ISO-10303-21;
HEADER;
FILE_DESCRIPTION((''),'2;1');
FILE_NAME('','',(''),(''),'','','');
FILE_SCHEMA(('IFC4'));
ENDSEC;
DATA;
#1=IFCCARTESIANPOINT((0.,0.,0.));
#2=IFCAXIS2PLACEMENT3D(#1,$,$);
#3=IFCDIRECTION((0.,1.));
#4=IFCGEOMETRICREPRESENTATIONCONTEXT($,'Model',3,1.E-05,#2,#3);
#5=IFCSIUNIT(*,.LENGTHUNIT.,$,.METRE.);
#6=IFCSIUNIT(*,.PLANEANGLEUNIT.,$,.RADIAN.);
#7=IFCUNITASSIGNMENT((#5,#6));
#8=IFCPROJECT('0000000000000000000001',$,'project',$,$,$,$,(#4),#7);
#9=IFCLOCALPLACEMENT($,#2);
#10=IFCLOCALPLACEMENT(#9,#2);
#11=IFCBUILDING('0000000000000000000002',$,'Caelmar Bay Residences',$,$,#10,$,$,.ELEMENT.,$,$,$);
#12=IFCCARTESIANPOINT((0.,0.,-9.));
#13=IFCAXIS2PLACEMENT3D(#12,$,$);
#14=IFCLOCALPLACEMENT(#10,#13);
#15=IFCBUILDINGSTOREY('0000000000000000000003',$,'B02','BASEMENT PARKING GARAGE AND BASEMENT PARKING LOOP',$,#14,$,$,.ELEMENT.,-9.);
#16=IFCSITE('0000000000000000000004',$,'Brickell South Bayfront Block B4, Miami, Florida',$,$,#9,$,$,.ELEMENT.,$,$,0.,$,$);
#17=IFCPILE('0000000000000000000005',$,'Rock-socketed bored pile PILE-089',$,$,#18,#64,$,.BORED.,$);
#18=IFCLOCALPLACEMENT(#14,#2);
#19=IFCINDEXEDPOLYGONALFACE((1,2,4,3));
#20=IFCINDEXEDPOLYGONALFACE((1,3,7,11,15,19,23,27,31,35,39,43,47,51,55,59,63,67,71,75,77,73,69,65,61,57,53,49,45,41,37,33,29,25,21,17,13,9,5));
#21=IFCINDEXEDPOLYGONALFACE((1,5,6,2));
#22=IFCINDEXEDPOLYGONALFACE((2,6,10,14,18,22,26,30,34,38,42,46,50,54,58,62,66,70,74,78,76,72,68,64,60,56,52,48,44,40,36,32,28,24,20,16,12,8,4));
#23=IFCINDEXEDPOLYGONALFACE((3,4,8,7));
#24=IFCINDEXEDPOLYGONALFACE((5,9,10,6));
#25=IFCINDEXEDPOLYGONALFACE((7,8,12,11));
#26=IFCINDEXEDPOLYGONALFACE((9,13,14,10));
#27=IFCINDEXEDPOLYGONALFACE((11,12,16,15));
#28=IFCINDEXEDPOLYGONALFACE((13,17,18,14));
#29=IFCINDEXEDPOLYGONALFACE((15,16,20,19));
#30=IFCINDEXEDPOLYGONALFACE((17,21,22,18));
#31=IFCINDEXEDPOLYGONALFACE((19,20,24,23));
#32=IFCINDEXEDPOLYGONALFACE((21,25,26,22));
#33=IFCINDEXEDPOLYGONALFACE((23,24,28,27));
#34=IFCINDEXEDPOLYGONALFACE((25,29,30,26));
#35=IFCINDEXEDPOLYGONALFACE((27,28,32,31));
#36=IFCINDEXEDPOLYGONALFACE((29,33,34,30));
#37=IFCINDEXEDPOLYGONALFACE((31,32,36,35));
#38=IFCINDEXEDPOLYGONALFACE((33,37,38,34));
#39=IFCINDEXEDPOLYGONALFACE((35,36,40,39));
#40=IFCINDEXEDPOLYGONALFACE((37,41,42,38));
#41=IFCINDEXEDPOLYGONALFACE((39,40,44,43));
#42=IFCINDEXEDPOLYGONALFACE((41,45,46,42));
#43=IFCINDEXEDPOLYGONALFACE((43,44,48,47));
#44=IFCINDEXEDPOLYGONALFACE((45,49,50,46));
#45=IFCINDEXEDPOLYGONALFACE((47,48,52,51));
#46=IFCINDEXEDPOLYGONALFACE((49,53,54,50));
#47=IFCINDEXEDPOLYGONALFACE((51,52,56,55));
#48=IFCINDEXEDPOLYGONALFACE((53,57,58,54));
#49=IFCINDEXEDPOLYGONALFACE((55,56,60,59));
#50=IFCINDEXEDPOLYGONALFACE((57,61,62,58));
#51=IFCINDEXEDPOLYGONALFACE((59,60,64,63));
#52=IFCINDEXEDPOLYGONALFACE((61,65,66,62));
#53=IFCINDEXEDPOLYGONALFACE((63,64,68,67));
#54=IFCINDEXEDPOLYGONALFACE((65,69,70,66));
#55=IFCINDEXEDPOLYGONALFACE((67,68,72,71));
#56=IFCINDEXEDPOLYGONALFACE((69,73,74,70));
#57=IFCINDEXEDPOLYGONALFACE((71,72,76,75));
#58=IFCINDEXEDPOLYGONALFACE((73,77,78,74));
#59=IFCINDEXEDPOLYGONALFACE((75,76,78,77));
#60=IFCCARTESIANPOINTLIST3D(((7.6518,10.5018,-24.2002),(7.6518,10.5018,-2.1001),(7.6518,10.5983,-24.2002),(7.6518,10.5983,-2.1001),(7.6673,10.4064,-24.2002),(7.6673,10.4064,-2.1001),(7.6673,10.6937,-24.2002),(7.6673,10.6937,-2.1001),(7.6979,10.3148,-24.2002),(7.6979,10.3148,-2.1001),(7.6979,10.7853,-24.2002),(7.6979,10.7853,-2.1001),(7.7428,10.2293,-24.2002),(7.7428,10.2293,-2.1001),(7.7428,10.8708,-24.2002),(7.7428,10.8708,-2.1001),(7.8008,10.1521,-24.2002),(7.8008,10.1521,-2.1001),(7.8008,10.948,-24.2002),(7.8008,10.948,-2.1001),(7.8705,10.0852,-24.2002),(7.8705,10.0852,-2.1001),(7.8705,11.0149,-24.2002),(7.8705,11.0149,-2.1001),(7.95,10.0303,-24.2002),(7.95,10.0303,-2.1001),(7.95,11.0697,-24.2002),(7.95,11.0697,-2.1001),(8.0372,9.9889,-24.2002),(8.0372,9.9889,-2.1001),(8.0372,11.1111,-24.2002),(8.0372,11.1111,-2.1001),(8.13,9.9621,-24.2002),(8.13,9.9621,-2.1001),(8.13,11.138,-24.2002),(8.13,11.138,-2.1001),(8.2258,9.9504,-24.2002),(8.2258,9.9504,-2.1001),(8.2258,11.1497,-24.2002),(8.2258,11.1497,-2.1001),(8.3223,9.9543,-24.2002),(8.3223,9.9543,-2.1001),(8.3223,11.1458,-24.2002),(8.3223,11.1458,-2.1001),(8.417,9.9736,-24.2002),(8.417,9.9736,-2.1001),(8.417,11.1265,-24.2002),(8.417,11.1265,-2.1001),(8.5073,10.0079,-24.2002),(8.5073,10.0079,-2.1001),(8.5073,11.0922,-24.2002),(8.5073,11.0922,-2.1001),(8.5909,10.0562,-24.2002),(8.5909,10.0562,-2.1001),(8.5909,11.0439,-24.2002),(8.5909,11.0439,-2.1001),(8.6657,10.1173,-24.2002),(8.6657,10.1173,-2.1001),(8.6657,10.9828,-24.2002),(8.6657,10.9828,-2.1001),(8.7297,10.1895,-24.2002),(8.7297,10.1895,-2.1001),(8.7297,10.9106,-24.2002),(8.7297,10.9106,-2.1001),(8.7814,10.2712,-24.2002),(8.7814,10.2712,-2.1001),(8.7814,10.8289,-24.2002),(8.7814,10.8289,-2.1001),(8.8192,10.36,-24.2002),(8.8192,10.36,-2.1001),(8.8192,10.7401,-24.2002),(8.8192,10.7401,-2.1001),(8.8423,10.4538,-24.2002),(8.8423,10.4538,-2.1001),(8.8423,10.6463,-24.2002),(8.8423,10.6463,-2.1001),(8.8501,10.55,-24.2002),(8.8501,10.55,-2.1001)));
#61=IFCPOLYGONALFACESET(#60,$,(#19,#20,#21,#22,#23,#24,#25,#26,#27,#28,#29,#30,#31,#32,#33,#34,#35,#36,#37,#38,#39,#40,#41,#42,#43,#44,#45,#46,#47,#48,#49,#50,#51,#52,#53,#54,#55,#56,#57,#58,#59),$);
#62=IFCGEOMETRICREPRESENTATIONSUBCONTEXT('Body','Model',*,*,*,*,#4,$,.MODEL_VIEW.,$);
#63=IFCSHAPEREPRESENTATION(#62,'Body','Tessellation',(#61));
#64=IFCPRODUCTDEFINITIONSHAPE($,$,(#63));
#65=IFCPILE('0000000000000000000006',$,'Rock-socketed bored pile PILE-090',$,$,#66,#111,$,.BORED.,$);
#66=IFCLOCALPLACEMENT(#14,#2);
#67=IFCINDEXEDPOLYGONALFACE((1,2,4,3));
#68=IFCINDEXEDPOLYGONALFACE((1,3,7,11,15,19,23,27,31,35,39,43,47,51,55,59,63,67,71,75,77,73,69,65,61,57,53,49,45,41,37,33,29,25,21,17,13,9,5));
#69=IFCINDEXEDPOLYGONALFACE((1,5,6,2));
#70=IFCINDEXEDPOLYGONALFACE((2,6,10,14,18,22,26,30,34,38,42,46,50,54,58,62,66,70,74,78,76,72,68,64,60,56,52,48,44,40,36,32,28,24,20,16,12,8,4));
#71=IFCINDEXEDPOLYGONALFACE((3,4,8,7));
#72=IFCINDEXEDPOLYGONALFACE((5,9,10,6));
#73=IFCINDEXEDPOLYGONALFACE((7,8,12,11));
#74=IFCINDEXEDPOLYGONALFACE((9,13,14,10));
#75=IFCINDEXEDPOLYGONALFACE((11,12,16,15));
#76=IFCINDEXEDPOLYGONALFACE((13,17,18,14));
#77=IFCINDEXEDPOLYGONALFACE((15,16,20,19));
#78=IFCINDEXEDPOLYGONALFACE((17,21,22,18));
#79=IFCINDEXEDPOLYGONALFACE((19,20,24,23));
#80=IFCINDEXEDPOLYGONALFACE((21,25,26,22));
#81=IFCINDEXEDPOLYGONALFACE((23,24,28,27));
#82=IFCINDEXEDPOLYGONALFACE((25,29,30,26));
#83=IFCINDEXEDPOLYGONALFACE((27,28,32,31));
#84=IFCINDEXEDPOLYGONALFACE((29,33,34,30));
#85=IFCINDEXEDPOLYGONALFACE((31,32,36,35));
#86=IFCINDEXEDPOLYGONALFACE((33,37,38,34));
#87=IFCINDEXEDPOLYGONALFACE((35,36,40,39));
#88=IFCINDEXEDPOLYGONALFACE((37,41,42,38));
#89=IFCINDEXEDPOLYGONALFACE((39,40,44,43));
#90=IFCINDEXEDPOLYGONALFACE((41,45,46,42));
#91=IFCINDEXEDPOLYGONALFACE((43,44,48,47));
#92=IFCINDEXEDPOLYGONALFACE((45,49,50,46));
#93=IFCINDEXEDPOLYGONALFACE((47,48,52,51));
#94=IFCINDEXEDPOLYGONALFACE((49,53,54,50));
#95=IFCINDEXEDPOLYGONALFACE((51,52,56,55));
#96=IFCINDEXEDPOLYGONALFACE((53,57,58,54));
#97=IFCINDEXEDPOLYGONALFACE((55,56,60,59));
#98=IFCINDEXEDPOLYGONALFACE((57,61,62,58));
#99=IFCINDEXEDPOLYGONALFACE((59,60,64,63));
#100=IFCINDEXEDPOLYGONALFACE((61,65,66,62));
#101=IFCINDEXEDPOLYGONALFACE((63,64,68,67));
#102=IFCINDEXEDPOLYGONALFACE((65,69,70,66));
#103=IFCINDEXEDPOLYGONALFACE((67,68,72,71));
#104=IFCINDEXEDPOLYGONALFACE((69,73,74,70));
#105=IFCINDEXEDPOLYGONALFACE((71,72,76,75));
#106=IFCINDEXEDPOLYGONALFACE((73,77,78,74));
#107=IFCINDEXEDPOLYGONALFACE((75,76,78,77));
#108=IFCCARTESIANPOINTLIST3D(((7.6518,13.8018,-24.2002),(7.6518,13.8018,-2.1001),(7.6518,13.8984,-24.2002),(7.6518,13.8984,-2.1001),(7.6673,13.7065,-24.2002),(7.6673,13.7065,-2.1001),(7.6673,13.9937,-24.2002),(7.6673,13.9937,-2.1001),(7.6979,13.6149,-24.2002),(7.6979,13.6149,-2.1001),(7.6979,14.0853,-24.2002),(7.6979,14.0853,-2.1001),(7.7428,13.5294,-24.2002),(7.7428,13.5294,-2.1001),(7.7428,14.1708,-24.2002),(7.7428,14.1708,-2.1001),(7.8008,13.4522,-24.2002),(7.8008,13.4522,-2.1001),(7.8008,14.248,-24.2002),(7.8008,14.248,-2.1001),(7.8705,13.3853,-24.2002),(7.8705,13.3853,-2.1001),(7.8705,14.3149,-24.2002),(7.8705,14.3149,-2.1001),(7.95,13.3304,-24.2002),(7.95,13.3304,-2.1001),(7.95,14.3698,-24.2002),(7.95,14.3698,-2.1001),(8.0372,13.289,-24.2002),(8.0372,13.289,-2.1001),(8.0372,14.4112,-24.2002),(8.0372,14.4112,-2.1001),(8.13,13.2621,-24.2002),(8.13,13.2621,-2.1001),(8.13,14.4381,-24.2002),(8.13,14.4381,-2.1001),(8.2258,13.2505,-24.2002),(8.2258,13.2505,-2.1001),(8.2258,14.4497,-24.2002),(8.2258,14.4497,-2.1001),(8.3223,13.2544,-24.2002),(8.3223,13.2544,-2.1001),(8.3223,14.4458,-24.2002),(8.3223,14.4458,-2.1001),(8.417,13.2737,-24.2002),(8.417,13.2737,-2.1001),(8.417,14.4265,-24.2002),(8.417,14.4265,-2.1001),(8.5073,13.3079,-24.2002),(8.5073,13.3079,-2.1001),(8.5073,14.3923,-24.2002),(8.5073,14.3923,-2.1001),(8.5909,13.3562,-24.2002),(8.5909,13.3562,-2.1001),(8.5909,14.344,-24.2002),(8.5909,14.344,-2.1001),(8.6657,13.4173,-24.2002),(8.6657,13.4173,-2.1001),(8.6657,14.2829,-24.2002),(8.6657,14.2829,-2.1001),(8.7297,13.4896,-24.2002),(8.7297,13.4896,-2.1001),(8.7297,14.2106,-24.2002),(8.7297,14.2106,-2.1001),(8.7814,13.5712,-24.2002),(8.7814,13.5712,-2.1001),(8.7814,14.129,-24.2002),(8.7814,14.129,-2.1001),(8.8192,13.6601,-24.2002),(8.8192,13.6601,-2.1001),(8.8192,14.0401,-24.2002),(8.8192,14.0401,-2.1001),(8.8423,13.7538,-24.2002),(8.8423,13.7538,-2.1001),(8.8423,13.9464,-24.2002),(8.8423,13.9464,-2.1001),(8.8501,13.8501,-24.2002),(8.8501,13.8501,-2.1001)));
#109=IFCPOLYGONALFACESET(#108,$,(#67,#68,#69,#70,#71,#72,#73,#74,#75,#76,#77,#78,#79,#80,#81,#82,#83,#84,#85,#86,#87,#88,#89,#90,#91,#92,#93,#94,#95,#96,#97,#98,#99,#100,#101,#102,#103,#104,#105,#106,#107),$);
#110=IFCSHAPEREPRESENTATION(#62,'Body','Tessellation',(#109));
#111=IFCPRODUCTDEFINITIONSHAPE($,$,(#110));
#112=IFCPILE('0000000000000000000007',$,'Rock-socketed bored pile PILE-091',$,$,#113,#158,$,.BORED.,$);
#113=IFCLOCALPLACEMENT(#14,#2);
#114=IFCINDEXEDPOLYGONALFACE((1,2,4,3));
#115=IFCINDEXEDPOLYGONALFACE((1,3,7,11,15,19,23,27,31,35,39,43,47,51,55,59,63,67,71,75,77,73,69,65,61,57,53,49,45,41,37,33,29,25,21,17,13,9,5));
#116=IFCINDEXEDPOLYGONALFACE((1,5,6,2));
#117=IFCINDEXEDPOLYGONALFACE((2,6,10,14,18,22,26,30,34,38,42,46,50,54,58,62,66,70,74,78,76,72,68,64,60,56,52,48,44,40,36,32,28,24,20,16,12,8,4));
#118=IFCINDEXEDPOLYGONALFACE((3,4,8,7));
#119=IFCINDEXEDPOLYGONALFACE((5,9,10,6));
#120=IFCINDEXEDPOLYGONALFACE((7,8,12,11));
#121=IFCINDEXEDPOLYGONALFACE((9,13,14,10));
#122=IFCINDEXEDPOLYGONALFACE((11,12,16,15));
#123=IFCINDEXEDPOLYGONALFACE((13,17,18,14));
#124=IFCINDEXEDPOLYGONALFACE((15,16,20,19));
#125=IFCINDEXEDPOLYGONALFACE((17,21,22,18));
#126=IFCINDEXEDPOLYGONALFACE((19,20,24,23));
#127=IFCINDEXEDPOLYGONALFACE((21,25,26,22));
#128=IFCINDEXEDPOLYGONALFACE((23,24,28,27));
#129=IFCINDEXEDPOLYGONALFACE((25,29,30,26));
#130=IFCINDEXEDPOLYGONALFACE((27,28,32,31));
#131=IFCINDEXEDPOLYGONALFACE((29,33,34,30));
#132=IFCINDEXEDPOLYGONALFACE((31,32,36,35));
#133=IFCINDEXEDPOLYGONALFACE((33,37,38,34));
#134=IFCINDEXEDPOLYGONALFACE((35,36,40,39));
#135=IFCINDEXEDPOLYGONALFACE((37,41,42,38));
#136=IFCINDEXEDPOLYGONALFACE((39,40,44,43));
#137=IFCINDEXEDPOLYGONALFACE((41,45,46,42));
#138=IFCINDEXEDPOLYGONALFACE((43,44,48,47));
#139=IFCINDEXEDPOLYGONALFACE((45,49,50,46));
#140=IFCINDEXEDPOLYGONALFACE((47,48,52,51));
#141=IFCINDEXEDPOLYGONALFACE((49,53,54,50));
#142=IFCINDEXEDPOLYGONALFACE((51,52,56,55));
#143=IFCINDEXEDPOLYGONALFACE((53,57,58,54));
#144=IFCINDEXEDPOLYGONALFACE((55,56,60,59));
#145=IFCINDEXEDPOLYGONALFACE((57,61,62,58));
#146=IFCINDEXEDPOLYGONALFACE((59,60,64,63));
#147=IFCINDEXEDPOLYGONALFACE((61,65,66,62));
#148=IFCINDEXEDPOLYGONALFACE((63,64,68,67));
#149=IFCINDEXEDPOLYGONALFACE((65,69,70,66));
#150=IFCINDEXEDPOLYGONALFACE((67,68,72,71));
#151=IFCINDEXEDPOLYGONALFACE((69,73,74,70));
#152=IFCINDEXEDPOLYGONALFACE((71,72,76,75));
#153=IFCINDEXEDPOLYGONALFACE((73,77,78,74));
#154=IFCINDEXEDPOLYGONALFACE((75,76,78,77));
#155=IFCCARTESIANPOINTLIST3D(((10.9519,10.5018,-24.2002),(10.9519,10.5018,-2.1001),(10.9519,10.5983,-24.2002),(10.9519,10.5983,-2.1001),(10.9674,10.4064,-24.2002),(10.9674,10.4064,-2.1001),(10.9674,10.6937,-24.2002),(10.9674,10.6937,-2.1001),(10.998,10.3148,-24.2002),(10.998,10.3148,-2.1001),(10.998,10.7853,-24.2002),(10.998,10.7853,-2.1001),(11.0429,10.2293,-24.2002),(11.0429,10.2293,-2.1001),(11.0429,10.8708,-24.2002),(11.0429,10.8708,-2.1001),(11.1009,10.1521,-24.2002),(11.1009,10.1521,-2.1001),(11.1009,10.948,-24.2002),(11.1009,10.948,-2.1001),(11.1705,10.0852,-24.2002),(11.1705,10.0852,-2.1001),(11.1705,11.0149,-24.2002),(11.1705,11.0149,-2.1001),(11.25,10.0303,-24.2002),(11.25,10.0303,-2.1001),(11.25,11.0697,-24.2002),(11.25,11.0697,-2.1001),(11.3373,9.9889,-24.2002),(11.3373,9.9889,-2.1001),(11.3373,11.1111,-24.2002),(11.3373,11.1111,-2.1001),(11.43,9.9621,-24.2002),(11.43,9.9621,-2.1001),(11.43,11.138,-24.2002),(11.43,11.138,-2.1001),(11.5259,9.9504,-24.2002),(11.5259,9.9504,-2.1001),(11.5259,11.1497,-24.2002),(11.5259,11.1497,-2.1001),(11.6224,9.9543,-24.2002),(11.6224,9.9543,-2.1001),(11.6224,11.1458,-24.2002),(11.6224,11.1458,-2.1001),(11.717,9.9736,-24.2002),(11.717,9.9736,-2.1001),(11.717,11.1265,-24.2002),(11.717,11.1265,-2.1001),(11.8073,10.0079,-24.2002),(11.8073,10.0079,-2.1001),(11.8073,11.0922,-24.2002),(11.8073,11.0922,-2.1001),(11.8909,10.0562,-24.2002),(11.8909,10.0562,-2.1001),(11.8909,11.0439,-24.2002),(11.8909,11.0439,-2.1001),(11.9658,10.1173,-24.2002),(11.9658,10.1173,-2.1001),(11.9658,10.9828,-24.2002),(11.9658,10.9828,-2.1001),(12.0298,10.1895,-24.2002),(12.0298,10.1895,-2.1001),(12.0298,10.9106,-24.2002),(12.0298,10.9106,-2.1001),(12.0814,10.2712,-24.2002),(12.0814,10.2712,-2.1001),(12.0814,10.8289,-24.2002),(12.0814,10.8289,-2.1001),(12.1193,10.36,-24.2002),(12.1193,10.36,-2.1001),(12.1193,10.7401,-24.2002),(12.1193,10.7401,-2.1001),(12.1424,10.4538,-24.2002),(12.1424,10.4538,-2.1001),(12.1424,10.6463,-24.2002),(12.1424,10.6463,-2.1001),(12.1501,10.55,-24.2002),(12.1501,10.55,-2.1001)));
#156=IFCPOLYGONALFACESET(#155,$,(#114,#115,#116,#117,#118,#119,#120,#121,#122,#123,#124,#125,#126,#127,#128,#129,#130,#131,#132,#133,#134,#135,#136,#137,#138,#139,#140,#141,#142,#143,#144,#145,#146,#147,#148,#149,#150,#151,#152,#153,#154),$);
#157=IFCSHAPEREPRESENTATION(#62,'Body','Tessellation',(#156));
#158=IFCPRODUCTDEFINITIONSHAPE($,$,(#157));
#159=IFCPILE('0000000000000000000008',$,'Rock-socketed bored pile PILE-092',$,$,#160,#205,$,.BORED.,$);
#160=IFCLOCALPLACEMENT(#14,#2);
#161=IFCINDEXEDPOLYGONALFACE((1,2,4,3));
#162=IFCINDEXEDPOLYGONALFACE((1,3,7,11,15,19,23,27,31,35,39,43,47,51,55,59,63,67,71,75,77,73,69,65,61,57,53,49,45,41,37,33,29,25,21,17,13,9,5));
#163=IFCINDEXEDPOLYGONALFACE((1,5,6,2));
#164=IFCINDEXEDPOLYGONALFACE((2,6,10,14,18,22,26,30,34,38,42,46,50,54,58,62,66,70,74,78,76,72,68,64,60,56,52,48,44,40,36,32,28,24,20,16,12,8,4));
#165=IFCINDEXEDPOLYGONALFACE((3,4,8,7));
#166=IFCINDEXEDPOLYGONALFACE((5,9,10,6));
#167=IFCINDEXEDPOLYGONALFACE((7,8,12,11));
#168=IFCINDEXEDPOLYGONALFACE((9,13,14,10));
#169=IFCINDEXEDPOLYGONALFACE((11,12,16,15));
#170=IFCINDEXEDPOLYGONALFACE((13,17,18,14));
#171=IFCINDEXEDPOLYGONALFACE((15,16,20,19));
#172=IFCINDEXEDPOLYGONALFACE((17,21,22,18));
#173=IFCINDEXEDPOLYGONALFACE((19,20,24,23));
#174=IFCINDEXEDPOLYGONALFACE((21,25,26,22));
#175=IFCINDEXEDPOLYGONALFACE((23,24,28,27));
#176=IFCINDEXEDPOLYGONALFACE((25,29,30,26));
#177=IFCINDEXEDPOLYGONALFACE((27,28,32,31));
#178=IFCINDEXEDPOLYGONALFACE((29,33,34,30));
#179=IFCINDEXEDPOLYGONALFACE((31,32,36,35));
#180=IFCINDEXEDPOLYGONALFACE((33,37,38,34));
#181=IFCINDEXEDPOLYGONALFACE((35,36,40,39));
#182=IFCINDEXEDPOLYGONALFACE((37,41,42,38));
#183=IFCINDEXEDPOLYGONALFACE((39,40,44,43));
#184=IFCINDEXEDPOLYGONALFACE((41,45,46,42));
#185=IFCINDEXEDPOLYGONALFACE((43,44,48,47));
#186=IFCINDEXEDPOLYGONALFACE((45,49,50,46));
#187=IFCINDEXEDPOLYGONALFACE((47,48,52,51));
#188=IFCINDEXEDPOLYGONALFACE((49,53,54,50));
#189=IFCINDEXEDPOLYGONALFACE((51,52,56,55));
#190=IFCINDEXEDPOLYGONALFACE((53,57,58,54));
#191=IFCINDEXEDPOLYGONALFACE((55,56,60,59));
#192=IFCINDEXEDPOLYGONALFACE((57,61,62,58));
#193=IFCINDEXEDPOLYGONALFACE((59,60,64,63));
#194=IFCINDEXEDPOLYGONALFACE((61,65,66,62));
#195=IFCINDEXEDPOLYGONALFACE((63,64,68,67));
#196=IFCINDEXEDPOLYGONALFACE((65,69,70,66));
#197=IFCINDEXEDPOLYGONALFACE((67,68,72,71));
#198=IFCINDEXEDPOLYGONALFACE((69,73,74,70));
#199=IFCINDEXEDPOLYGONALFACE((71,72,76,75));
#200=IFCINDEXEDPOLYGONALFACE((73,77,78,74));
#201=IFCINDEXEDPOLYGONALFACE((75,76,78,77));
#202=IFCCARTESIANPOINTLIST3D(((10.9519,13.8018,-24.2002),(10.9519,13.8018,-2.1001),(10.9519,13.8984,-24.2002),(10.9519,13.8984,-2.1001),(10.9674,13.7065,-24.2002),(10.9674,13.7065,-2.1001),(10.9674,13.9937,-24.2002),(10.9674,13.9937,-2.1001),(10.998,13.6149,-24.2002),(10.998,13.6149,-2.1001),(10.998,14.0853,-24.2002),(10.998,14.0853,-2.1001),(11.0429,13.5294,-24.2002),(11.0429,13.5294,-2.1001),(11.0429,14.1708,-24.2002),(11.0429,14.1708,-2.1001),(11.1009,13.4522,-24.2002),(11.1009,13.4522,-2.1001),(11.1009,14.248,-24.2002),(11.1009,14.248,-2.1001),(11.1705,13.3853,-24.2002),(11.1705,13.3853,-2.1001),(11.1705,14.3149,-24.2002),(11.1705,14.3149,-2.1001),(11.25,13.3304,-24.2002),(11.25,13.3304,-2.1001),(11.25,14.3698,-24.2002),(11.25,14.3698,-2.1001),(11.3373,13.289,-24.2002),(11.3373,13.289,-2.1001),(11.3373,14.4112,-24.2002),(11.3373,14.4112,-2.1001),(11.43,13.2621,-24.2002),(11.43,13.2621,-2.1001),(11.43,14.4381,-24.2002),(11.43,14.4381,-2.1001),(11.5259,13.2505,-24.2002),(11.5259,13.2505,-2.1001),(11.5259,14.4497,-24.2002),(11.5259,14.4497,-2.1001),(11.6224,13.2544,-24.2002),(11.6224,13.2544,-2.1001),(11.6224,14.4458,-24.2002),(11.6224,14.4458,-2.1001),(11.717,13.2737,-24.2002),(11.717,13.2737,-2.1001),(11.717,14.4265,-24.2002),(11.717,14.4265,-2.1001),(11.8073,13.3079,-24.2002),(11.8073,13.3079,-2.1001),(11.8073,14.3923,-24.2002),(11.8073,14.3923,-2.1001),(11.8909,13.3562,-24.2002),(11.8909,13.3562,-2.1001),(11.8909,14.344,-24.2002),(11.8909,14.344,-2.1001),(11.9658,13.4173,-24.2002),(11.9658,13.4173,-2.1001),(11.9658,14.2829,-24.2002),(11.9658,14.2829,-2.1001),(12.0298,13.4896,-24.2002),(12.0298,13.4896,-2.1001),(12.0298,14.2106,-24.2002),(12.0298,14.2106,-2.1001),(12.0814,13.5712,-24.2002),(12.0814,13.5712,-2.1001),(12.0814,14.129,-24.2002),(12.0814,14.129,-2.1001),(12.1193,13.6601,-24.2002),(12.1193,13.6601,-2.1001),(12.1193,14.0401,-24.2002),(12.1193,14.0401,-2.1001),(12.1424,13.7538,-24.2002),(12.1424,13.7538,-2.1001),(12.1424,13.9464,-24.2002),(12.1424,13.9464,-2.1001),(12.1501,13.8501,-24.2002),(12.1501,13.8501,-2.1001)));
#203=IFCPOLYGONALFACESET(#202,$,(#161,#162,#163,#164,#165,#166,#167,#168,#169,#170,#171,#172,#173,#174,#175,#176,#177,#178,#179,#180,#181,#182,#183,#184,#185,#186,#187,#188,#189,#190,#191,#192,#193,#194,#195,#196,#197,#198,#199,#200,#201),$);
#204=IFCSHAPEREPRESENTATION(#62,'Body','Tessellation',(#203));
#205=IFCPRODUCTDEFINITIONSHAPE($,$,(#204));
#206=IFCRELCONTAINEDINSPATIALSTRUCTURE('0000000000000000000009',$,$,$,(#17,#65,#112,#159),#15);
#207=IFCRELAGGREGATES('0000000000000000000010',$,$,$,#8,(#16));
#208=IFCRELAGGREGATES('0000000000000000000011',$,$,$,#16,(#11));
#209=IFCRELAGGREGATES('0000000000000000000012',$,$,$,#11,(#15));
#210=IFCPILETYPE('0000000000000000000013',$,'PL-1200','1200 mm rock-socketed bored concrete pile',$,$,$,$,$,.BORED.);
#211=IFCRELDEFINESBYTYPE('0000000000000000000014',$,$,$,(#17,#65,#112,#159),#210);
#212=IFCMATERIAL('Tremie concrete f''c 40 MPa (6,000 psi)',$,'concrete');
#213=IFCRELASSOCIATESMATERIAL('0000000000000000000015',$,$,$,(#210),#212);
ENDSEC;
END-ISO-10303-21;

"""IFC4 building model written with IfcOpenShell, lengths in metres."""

from ifc_helpers import new_model, si_unit, direction, frame, origin, origin_2d, place, context, subcontext, project, spatial, circle, extrude, material, material_profile, profile_set, type_object, element, save


model = new_model("IFC4")

# Units and contexts
model_context = context("Model", 3, precision=1e-05, world=origin(), true_north=direction((0.0, 1.0)))
body_context = subcontext(model_context, "Body", "Model", "MODEL_VIEW")
ifc_project = project(units=[si_unit("LENGTHUNIT", "METRE"), si_unit("PLANEANGLEUNIT", "RADIAN")], contexts=[model_context])

# Site, building, storey
site_placement = place(None, origin())
site = spatial("IfcSite", under=ifc_project, at=site_placement, Name="Brickell South Bayfront Block B4, Miami, Florida", CompositionType="ELEMENT", RefElevation=0.0)
building_placement = place(site_placement, origin())
building = spatial("IfcBuilding", under=site, at=building_placement, Name="Caelmar Bay Residences", CompositionType="ELEMENT")
storey_placement = place(building_placement, frame((0.0, 0.0, -9.0)))
storey = spatial("IfcBuildingStorey", under=building, at=storey_placement, Name="B02", Description="BASEMENT PARKING GARAGE AND BASEMENT PARKING LOOP", CompositionType="ELEMENT", Elevation=-9.0)

# Piles
ifc_material_1 = material(Name="Tremie concrete f'c 40 MPa (6,000 psi)", Category="concrete")
ifc_material_profile_1 = material_profile(ifc_material_1, circle(Radius=0.6001, at=origin_2d()), Name="PILE-1200D")
ifc_profile_set_1 = profile_set([ifc_material_profile_1], Name="Tremie concrete f'c 40 MPa (6,000 psi)")
pile_type = type_object("IfcPileType", Name="PL-1200", Description="1200 mm rock-socketed bored concrete pile", PredefinedType="BORED", material=ifc_profile_set_1)
for number, where, z_axis, x_axis, name in (
    (1, (8.25, 10.55, -2.1001), (0.0, 0.0, -1.0), (1.0, 0.0, 0.0), "Rock-socketed bored pile PILE-089"),
    (2, (8.25, 13.8501, -2.1001), (0.0, 0.0, -1.0), (1.0, 0.0, 0.0), "Rock-socketed bored pile PILE-090"),
    (3, (11.55, 10.55, -2.1001), (0.0, 0.0, -1.0), (1.0, 0.0, 0.0), "Rock-socketed bored pile PILE-091"),
    (4, (11.55, 13.8501, -2.1001), (0.0, 0.0, -1.0), (1.0, 0.0, 0.0), "Rock-socketed bored pile PILE-092"),
):
    element("IfcPile", number, at=place(storey_placement, frame(where, z_axis=z_axis, x_axis=x_axis)), inside=storey, type_object=pile_type, Name=name, PredefinedType="BORED", context=body_context, shape_type="SweptSolid", body=[
        extrude(circle(Radius=0.6001, at=origin_2d()), origin(), (0.0, 0.0, 1.0), 22.1001),
    ])

save(model, "model.ifc")
